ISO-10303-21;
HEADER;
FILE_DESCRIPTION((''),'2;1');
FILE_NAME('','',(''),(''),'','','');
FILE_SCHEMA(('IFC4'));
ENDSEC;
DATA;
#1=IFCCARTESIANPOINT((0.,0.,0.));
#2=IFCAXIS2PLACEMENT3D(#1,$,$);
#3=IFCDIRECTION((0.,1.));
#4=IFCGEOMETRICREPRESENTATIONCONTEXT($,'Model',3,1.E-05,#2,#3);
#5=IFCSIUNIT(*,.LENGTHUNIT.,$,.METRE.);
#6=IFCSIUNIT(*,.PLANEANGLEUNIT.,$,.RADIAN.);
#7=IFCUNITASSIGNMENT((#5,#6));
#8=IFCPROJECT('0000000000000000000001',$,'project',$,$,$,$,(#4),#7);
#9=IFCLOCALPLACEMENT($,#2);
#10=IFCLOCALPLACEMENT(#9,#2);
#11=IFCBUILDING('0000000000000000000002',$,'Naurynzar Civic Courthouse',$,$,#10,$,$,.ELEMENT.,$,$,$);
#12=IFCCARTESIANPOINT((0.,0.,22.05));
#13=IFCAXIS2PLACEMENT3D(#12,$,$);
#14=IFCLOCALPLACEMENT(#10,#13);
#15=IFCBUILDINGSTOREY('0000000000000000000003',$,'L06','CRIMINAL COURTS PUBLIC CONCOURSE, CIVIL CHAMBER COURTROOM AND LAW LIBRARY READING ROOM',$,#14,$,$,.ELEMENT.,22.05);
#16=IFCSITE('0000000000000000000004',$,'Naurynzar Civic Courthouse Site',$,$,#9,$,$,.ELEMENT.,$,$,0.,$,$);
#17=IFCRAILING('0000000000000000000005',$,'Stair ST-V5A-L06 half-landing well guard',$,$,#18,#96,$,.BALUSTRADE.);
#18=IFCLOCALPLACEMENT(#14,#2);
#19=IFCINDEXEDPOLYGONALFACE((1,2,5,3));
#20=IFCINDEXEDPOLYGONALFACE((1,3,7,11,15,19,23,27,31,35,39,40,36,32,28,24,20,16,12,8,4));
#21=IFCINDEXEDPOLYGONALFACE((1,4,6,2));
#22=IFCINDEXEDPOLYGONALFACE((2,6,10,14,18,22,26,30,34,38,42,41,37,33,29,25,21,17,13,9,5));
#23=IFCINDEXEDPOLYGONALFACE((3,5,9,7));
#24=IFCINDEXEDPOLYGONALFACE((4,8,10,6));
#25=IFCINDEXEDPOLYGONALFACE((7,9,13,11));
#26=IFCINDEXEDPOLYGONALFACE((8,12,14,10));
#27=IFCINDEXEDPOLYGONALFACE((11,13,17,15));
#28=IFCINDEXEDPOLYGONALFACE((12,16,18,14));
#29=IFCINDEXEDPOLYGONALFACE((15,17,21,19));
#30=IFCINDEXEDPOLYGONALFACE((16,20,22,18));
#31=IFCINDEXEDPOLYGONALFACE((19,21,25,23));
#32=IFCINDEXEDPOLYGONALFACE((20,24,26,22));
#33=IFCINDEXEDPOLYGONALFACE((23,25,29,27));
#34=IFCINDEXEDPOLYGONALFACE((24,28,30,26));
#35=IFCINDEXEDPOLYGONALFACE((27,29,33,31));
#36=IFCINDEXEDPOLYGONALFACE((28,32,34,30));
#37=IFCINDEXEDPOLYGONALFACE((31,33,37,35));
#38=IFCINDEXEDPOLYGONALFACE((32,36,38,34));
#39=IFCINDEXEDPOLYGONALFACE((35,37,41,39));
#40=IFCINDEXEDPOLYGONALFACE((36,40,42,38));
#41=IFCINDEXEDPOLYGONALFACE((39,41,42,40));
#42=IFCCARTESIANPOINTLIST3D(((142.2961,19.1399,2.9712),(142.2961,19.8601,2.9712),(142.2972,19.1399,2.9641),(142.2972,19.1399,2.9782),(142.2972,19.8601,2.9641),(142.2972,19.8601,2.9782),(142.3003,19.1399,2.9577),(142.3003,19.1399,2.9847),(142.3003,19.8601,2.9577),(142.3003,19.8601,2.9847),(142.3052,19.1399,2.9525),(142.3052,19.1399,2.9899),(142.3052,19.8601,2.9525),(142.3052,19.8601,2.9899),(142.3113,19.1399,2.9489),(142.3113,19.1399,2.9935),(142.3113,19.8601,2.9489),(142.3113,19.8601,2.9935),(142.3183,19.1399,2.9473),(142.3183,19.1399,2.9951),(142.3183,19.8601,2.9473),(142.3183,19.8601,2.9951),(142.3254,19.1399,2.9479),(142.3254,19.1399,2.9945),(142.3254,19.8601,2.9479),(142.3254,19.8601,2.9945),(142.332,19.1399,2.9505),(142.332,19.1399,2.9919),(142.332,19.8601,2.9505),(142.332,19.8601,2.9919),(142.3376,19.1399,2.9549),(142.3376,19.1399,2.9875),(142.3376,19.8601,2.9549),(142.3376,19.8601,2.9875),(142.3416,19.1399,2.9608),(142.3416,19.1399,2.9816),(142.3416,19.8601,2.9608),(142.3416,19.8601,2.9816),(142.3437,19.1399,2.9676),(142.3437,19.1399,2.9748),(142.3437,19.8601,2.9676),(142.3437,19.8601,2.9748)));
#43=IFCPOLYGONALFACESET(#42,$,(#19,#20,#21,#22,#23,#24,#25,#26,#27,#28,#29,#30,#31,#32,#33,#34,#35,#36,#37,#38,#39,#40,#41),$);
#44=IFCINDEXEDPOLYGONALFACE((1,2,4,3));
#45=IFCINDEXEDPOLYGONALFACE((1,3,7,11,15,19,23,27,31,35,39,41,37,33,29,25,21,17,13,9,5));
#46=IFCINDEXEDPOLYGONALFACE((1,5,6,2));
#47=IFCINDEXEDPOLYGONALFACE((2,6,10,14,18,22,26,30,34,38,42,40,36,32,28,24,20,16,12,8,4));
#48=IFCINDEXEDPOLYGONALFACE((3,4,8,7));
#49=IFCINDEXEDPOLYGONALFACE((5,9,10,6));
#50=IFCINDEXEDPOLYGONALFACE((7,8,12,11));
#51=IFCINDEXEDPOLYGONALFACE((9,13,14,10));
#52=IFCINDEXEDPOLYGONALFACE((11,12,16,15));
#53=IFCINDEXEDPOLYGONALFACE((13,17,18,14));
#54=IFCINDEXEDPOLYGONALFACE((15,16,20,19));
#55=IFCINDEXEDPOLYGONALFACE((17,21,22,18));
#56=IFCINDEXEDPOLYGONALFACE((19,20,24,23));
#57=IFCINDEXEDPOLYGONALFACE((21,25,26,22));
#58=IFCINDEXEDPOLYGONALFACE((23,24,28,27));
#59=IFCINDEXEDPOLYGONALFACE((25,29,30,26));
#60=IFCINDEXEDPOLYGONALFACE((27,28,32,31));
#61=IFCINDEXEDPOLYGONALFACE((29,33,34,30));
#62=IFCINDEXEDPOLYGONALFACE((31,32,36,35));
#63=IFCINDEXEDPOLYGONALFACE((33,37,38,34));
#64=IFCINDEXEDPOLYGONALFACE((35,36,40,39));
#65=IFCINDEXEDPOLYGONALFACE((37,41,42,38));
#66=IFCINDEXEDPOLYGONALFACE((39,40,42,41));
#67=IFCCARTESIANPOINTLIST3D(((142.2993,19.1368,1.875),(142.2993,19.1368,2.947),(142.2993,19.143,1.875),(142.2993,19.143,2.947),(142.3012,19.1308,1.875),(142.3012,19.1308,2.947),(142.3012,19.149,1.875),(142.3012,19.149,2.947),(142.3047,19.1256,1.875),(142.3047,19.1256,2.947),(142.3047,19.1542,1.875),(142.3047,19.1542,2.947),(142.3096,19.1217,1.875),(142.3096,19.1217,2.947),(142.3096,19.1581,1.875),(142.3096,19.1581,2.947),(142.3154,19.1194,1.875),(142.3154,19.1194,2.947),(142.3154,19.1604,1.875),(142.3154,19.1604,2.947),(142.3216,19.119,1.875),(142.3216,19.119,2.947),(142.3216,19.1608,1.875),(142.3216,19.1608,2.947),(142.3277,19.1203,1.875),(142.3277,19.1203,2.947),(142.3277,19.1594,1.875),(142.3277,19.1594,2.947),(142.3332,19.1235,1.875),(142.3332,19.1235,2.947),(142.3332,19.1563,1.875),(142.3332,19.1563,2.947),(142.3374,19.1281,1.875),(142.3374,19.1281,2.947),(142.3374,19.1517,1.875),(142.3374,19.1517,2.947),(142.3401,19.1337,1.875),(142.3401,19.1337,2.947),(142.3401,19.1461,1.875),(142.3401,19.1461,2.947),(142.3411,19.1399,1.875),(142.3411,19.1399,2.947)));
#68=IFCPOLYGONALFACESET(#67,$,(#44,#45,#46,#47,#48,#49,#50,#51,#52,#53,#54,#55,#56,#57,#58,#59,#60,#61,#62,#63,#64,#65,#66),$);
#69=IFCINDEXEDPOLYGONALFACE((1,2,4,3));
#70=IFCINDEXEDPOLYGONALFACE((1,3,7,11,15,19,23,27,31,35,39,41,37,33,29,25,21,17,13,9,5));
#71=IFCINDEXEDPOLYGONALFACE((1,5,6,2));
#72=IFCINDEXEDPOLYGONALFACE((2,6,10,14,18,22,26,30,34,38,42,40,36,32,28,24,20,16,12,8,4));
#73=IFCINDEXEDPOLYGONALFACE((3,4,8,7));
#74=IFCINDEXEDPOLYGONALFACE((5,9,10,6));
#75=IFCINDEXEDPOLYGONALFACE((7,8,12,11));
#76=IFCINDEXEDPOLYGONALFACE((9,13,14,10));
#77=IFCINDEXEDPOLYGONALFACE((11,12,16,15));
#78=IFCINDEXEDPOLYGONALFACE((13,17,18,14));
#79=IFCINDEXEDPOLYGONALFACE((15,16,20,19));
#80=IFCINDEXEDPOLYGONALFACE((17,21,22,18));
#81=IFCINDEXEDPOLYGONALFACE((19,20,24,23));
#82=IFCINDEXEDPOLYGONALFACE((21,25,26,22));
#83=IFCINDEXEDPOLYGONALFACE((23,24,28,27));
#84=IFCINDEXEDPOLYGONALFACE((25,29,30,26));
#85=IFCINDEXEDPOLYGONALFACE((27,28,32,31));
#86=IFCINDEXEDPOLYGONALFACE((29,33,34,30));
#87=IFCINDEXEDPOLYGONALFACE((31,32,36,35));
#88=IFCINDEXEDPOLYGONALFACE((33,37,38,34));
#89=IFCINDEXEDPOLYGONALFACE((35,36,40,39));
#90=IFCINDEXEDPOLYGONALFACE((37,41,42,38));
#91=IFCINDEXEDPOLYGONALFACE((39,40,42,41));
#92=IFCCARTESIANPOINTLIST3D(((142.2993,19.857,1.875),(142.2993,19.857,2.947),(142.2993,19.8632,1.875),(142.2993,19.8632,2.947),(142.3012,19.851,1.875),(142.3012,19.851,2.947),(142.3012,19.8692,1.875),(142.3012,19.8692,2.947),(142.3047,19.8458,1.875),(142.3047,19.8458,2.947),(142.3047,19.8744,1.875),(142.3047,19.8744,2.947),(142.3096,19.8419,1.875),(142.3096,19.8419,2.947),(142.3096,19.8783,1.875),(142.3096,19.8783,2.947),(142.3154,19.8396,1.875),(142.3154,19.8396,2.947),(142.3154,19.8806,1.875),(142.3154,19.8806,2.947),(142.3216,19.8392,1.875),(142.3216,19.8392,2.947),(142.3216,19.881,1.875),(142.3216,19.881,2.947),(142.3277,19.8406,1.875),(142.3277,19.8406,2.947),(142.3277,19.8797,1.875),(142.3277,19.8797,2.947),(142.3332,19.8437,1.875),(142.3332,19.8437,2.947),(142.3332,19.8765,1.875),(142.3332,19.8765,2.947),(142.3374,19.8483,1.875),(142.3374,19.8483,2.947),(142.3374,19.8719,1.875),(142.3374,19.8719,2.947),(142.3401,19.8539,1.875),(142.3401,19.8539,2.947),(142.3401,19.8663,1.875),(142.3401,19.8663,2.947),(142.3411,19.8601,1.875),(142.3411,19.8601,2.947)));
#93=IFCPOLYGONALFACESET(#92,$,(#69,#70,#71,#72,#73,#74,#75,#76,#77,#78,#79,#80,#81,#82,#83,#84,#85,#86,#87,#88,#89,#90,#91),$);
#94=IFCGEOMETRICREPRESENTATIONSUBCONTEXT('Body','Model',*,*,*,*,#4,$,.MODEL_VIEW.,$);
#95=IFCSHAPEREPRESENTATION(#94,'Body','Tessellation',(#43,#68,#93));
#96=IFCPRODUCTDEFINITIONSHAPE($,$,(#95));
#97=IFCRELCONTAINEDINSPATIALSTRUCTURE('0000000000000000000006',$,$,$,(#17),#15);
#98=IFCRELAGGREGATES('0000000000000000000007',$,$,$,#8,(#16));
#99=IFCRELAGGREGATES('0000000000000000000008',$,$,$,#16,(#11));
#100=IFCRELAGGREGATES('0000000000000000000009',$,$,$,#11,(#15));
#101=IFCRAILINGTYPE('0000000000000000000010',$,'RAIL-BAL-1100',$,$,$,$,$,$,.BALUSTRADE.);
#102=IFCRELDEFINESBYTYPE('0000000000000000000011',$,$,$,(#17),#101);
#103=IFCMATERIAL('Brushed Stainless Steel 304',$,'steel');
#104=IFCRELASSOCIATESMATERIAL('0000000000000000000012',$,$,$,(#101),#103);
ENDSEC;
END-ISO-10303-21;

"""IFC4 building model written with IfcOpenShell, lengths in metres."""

from ifc_helpers import new_model, si_unit, direction, frame, origin, origin_2d, place, context, subcontext, project, spatial, circle, extrude, material, type_object, element, save


model = new_model("IFC4")

# Units and contexts
model_context = context("Model", 3, precision=1e-05, world=origin(), true_north=direction((0.0, 1.0)))
body_context = subcontext(model_context, "Body", "Model", "MODEL_VIEW")
ifc_project = project(units=[si_unit("LENGTHUNIT", "METRE"), si_unit("PLANEANGLEUNIT", "RADIAN")], contexts=[model_context])

# Site, building, storey
site_placement = place(None, origin())
site = spatial("IfcSite", under=ifc_project, at=site_placement, Name="Naurynzar Civic Courthouse Site", CompositionType="ELEMENT", RefElevation=0.0)
building_placement = place(site_placement, origin())
building = spatial("IfcBuilding", under=site, at=building_placement, Name="Naurynzar Civic Courthouse", CompositionType="ELEMENT")
storey_placement = place(building_placement, frame((0.0, 0.0, 22.05)))
storey = spatial("IfcBuildingStorey", under=building, at=storey_placement, Name="L06", Description="CRIMINAL COURTS PUBLIC CONCOURSE, CIVIL CHAMBER COURTROOM AND LAW LIBRARY READING ROOM", CompositionType="ELEMENT", Elevation=22.05)

# Railing
ifc_material_1 = material(Name="Brushed Stainless Steel 304", Category="steel")
railing_type_1 = type_object("IfcRailingType", Name="RAIL-BAL-1100", PredefinedType="BALUSTRADE", material=ifc_material_1)
for number, where, name in (
    (1, (142.3201, 19.1399, 1.875), "Stair ST-V5A-L06 half-landing well guard"),
):
    element("IfcRailing", number, at=place(storey_placement, frame(where)), inside=storey, type_object=railing_type_1, Name=name, PredefinedType="BALUSTRADE", context=body_context, shape_type="SweptSolid", body=[
        extrude(circle(Radius=0.0239, at=origin_2d()), frame((0.0, 0.0, 1.0962), z_axis=(0.0, 1.0, 0.0), x_axis=(-1.0, 0.0, 0.0)), (0.0, 0.0, 1.0), 0.7202),
        extrude(circle(Radius=0.021, at=origin_2d()), origin(), (0.0, 0.0, 1.0), 1.072),
        extrude(circle(Radius=0.021, at=origin_2d()), frame((0.0, 0.7202, 0.0)), (0.0, 0.0, 1.0), 1.072),
    ])

save(model, "model.ifc")
